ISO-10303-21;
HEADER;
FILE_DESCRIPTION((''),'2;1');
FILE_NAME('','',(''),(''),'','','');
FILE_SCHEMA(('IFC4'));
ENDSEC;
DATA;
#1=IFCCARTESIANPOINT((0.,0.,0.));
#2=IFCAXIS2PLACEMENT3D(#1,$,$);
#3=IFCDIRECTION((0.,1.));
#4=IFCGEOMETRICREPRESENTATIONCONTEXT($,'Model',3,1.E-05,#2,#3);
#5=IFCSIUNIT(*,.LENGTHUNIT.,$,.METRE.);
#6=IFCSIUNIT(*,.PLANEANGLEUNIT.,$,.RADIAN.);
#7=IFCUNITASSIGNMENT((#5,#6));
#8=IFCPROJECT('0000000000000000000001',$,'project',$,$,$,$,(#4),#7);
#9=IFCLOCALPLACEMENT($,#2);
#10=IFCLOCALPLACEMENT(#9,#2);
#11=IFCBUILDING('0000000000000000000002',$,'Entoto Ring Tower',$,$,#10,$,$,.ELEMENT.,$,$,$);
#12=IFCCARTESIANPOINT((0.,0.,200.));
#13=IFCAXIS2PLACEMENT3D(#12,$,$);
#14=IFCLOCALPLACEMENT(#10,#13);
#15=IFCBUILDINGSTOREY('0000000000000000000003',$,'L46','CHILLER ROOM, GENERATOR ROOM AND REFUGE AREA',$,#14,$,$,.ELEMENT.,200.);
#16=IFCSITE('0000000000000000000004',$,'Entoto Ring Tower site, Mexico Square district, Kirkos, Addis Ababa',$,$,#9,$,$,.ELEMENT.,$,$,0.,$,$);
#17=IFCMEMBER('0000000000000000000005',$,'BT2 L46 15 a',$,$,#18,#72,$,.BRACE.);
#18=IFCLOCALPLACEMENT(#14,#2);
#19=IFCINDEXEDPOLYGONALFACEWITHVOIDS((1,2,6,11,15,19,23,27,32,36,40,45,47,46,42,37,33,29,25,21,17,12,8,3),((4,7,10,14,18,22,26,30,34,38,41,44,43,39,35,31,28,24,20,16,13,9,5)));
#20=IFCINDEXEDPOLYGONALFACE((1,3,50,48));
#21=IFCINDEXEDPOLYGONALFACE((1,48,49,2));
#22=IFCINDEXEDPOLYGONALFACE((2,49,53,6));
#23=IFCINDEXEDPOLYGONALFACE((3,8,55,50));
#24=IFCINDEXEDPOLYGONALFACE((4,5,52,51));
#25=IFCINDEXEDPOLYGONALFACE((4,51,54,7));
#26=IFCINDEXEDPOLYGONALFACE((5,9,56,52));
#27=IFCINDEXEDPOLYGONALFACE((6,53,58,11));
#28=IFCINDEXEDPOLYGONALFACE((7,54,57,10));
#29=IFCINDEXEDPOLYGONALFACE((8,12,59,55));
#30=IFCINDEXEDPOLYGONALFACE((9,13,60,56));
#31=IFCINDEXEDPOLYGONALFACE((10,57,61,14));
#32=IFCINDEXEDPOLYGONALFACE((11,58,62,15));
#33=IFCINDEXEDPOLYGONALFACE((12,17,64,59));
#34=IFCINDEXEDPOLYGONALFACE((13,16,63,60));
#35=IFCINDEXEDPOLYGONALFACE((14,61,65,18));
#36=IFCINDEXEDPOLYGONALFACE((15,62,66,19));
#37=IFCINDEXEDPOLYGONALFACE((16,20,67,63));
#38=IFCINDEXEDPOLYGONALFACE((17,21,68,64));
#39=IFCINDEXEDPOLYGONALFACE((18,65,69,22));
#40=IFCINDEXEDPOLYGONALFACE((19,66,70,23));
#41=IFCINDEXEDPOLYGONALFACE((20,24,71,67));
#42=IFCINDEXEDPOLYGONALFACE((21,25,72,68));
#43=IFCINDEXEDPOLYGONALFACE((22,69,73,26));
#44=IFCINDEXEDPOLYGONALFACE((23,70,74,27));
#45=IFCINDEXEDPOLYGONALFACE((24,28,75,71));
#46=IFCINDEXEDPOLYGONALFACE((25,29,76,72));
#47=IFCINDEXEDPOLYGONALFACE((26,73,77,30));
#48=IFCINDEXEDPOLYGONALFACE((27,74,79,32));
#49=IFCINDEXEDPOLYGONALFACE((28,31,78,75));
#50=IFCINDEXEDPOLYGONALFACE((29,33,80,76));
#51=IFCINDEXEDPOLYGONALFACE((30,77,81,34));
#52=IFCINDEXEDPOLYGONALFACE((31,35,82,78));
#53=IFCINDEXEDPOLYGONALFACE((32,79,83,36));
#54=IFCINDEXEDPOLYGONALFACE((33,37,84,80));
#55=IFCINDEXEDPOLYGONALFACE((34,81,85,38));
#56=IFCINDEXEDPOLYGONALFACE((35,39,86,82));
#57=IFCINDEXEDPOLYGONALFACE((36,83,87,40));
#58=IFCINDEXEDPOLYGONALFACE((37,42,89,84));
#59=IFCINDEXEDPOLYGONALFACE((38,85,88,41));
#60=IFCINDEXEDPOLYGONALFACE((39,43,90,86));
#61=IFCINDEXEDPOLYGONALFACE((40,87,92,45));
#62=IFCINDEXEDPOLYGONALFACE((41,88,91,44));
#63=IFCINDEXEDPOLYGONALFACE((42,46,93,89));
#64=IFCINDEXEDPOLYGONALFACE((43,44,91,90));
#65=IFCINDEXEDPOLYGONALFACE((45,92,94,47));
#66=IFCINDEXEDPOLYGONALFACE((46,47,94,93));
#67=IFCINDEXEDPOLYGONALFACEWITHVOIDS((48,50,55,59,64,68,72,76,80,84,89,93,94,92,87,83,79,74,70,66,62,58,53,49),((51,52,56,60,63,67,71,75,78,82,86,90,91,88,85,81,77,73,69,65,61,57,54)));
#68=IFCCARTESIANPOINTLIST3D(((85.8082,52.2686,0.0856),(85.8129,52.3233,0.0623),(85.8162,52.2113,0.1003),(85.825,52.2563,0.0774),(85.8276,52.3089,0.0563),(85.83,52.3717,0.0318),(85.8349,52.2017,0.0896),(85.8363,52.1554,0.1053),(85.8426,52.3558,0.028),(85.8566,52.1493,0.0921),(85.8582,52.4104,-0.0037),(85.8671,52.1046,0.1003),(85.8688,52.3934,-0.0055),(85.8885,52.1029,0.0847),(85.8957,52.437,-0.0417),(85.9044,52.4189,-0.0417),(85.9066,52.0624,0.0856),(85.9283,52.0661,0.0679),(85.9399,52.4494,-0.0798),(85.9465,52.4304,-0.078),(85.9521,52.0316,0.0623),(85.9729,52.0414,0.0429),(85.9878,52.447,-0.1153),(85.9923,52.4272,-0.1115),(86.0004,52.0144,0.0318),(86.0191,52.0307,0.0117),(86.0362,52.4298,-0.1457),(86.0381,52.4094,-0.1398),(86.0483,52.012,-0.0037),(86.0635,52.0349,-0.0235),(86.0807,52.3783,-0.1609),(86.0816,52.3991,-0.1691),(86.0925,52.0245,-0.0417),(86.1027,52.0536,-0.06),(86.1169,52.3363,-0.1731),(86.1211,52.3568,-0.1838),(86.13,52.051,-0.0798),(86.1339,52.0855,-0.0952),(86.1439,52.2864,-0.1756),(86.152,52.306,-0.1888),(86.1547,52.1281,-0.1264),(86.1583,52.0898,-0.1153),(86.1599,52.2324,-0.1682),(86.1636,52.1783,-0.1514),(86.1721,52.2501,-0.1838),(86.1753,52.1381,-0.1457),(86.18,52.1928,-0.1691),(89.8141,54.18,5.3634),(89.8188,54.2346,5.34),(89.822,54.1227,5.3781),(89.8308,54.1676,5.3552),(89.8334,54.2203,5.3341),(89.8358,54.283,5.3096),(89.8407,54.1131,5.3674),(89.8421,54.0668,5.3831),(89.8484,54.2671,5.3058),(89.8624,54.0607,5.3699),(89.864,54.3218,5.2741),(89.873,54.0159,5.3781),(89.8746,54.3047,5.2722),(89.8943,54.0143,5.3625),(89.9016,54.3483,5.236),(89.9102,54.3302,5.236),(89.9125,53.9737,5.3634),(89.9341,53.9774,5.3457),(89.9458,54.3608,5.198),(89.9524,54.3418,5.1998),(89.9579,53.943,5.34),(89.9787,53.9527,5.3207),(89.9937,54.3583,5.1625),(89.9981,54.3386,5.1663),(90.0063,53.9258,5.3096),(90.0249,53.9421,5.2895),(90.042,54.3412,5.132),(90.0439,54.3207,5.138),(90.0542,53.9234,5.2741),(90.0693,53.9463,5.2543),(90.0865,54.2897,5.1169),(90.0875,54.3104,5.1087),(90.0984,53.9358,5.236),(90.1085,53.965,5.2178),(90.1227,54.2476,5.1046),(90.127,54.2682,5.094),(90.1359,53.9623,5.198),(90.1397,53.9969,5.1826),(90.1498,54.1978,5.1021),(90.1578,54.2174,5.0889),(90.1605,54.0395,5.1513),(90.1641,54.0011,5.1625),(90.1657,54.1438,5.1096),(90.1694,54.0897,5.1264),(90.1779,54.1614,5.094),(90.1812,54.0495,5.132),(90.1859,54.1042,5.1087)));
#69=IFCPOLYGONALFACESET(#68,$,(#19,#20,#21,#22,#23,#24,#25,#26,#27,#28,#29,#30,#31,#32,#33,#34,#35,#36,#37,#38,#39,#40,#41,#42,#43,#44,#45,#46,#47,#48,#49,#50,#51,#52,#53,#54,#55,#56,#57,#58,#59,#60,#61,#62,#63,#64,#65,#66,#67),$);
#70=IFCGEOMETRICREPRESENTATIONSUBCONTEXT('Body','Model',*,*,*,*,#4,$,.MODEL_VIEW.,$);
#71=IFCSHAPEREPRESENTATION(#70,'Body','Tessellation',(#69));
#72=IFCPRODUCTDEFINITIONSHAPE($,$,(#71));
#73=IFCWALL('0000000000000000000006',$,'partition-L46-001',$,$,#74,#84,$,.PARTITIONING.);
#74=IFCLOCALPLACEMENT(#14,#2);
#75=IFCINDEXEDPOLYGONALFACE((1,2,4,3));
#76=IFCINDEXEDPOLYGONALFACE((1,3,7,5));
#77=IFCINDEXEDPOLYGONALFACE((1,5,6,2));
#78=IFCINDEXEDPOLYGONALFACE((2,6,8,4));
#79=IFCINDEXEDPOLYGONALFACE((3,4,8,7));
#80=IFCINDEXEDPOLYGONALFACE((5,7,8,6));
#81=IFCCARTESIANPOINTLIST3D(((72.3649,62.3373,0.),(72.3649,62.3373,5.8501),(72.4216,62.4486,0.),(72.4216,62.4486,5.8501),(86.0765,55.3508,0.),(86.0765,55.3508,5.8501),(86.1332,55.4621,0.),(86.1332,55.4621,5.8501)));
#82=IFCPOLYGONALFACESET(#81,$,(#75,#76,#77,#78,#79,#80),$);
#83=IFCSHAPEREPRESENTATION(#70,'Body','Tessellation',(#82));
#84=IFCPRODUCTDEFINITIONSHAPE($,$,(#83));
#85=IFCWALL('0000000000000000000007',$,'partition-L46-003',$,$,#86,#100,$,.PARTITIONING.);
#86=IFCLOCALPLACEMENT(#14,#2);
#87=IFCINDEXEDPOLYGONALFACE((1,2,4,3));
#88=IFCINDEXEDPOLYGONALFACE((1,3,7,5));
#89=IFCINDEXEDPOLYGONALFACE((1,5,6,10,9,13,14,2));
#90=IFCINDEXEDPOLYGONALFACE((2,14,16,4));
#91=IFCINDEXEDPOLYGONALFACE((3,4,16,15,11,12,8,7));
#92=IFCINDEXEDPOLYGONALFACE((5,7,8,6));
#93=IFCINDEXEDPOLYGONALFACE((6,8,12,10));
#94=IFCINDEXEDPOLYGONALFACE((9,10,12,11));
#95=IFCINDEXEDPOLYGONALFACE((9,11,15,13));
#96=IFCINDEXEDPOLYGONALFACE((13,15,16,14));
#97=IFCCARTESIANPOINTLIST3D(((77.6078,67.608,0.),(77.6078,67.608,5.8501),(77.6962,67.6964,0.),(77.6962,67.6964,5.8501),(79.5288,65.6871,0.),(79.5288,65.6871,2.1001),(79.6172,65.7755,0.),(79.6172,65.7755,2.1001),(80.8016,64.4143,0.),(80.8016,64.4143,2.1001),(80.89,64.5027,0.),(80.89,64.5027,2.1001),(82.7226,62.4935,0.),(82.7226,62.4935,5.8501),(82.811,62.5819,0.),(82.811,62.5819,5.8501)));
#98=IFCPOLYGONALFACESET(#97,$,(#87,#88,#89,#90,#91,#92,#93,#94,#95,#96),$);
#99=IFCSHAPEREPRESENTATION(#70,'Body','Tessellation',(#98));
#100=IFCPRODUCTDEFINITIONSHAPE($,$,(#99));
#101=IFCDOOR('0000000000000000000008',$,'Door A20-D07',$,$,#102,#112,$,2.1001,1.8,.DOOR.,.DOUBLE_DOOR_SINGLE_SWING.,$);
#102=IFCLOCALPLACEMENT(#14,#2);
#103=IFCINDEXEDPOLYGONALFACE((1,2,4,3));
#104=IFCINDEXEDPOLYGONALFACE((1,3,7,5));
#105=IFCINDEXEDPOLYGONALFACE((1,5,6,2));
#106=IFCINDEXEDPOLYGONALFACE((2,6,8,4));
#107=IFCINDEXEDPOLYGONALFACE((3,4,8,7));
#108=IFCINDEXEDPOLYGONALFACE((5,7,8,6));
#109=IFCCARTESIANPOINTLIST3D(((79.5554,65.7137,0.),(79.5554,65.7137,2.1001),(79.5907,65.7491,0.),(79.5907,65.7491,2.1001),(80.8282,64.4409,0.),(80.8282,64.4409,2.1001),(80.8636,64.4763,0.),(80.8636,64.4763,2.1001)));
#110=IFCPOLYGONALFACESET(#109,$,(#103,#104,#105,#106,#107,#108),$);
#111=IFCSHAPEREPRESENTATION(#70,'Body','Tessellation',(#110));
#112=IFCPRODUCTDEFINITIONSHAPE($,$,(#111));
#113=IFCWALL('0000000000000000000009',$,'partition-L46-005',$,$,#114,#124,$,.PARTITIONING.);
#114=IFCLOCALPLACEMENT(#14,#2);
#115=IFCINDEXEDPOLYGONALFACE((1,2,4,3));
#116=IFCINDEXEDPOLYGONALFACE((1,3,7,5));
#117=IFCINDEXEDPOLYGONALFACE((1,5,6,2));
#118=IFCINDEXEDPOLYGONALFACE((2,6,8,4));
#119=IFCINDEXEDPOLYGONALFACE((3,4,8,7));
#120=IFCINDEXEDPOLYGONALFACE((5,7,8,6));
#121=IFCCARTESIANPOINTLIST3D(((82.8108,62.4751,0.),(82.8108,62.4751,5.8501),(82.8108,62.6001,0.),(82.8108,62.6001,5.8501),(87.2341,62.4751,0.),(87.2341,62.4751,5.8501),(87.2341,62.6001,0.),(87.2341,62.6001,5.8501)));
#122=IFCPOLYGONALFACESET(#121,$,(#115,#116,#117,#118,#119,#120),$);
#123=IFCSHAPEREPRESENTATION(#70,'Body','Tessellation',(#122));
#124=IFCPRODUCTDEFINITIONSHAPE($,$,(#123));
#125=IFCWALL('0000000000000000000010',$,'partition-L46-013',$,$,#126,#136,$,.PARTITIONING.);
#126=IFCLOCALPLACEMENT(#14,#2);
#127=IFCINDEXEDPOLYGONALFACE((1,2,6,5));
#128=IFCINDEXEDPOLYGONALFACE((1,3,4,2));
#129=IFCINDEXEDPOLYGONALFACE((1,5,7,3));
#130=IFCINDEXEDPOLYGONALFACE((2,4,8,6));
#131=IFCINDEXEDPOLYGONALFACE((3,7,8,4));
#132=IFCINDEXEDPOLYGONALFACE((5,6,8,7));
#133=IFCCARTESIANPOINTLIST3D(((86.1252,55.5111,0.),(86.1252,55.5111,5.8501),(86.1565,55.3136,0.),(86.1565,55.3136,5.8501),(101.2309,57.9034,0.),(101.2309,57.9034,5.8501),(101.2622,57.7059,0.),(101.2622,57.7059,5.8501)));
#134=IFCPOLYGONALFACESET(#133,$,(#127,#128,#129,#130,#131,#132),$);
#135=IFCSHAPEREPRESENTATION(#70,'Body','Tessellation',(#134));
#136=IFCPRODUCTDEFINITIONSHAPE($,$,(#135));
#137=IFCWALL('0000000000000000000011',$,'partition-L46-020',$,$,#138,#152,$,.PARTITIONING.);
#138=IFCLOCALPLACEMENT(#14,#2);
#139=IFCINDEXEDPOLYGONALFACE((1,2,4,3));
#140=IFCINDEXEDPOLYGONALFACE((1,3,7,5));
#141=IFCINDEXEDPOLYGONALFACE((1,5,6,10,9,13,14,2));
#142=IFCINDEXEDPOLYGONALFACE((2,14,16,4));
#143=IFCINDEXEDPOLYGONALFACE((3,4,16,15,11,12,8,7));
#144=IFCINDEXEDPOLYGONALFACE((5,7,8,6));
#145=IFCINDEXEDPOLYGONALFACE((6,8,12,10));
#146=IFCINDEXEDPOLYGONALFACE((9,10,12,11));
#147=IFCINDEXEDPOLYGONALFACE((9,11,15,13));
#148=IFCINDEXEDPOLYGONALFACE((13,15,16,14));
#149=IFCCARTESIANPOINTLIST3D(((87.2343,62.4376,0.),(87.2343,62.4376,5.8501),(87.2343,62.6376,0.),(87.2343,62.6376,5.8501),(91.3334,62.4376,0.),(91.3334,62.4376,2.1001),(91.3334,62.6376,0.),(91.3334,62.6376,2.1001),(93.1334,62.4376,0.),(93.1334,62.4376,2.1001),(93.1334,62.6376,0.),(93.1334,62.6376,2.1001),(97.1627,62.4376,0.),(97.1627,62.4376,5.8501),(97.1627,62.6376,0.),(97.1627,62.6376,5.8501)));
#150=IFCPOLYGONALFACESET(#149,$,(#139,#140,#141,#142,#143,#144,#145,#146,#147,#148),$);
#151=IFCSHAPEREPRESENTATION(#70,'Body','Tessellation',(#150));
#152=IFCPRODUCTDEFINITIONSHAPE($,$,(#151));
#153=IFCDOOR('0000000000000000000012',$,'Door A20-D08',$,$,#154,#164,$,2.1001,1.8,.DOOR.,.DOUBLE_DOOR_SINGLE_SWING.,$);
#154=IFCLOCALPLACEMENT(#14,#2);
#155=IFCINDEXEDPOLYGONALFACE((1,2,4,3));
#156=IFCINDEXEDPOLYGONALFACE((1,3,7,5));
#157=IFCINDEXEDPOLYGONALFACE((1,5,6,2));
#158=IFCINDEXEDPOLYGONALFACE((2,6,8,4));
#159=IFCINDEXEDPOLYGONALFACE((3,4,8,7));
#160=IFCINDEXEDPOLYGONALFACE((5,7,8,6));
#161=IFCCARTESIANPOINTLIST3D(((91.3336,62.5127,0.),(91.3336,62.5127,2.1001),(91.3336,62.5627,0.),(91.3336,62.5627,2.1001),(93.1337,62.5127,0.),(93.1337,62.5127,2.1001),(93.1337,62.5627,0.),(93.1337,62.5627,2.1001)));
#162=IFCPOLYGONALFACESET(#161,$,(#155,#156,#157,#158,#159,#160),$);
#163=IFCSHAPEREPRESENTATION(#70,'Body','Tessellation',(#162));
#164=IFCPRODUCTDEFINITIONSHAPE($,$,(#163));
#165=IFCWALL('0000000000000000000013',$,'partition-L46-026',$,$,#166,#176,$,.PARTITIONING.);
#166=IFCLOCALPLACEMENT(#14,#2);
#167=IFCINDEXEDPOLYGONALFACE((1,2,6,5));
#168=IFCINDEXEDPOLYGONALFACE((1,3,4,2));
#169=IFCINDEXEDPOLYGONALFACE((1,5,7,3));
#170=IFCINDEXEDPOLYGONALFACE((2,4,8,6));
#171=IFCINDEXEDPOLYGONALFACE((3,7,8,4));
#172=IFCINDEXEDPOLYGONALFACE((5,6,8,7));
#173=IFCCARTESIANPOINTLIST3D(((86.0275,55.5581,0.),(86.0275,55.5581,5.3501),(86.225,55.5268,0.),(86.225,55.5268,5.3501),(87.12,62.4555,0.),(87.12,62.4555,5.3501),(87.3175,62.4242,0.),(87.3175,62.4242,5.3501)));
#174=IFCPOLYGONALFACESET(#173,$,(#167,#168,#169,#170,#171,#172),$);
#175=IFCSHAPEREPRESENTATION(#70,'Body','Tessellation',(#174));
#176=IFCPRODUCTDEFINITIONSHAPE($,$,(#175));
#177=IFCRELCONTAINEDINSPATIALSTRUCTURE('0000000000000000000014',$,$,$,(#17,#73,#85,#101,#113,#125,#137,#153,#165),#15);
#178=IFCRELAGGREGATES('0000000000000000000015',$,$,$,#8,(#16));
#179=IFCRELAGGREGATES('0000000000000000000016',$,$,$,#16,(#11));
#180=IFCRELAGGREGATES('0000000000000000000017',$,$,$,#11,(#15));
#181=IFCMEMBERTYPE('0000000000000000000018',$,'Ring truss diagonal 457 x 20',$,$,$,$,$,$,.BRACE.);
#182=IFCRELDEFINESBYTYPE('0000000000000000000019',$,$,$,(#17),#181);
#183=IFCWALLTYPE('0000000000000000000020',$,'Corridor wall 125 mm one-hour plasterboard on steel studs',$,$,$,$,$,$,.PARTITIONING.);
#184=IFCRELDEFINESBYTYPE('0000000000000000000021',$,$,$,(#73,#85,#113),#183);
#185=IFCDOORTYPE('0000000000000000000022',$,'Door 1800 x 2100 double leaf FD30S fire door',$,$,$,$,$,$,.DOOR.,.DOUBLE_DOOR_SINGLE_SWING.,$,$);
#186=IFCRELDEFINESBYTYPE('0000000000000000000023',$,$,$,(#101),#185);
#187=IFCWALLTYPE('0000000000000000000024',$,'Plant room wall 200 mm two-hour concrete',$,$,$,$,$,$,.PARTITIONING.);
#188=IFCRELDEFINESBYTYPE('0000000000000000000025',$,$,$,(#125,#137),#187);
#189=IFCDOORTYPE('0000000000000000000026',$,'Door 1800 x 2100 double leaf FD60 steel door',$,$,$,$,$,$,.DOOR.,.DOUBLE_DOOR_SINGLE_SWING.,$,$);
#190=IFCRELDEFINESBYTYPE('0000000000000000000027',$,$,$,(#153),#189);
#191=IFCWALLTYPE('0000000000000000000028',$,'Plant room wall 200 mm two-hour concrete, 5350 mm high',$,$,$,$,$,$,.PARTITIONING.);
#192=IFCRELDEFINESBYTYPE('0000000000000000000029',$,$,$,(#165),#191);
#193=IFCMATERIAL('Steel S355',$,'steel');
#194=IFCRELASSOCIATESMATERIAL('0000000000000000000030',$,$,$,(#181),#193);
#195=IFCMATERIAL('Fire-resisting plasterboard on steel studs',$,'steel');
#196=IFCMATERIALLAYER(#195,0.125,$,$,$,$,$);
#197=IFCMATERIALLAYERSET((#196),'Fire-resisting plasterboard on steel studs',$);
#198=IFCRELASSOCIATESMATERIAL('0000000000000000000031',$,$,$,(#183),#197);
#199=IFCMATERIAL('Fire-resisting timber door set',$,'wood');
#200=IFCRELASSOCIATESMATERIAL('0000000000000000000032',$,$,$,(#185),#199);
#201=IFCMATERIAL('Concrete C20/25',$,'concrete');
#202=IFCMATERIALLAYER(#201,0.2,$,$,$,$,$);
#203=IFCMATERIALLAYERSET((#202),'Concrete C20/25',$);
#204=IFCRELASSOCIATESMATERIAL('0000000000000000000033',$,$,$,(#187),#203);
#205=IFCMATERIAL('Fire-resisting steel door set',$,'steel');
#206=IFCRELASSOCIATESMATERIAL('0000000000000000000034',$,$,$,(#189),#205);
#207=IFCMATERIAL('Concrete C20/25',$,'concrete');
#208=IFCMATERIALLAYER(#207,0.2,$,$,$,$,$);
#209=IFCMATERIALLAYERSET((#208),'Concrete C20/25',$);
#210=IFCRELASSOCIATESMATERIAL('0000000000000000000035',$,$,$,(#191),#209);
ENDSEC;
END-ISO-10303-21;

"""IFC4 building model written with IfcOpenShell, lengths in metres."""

from ifc_helpers import new_model, si_unit, direction, frame, frame_2d, origin, origin_2d, place, context, subcontext, project, spatial, rectangle, circle, hollow_circle, extrude, material, layer, layer_set, material_profile, profile_set, type_object, element, fill, save


model = new_model("IFC4")

# Units and contexts
model_context = context("Model", 3, precision=1e-05, world=origin(), true_north=direction((0.0, 1.0)))
body_context = subcontext(model_context, "Body", "Model", "MODEL_VIEW")
ifc_project = project(units=[si_unit("LENGTHUNIT", "METRE"), si_unit("PLANEANGLEUNIT", "RADIAN")], contexts=[model_context])

# Site, building, storey
site_placement = place(None, origin())
site = spatial("IfcSite", under=ifc_project, at=site_placement, Name="Entoto Ring Tower site, Mexico Square district, Kirkos, Addis Ababa", CompositionType="ELEMENT", RefElevation=0.0)
building_placement = place(site_placement, origin())
building = spatial("IfcBuilding", under=site, at=building_placement, Name="Entoto Ring Tower", CompositionType="ELEMENT")
storey_placement = place(building_placement, frame((0.0, 0.0, 200.0)))
storey = spatial("IfcBuildingStorey", under=building, at=storey_placement, Name="L46", Description="CHILLER ROOM, GENERATOR ROOM AND REFUGE AREA", CompositionType="ELEMENT", Elevation=200.0)

# Member
ifc_material_1 = material(Name="Steel S355", Category="steel")
ifc_material_profile_1 = material_profile(ifc_material_1, hollow_circle(Radius=0.2285, WallThickness=0.02, at=origin_2d()), Name="CHS 457 x 20")
ifc_material_2 = material(Name="Concrete C60/75", Category="concrete")
ifc_material_profile_2 = material_profile(ifc_material_2, circle(Radius=0.2085, at=origin_2d()), Name="Concrete C60/75 infill")
ifc_profile_set_1 = profile_set([ifc_material_profile_1, ifc_material_profile_2], Name="Steel S355")
member_type_1 = type_object("IfcMemberType", Name="Ring truss diagonal 457 x 20", PredefinedType="BRACE", material=ifc_profile_set_1)
for number, where, z_axis, x_axis, name in (
    (1, (85.9941, 52.2307, -0.0417), (0.58089, 0.277169, 0.765339), (-0.430636, 0.902526, 0.0), "BT2 L46 15 a"),
):
    element("IfcMember", number, at=place(storey_placement, frame(where, z_axis=z_axis, x_axis=x_axis)), inside=storey, type_object=member_type_1, Name=name, PredefinedType="BRACE", context=body_context, shape_type="SweptSolid", body=[
        extrude(hollow_circle(Radius=0.2285, WallThickness=0.02, at=origin_2d()), origin(), (0.0, 0.0, 1.0), 6.896),
    ])

# Wall
ifc_material_3 = material(Name="Fire-resisting plasterboard on steel studs", Category="steel")
ifc_layer_1 = layer(ifc_material_3, 0.125)
ifc_layer_set_1 = layer_set([ifc_layer_1], Name="Fire-resisting plasterboard on steel studs")
wall_type_1 = type_object("IfcWallType", Name="Corridor wall 125 mm one-hour plasterboard on steel studs", PredefinedType="PARTITIONING", material=ifc_layer_set_1)
wall_1_placement = place(storey_placement, frame((86.1047, 55.4065, 0.0), z_axis=(0.0, 0.0, 1.0), x_axis=(-0.891003, 0.453997, 0.0)))
element("IfcWall", 2, at=wall_1_placement, inside=storey, type_object=wall_type_1, Name="partition-L46-001", PredefinedType="PARTITIONING", context=body_context, shape_type="SweptSolid", body=[
    extrude(rectangle(XDim=15.3889, YDim=0.125, at=frame_2d((7.6943, 0.0))), origin(), (0.0, 0.0, 1.0), 5.8501),
])

# Wall, opening, door
wall_2_placement = place(storey_placement, frame((82.7668, 62.5376, 0.0), z_axis=(0.0, 0.0, 1.0), x_axis=(-0.707124, 0.70709, 0.0)))
wall_2 = element("IfcWall", 3, at=wall_2_placement, inside=storey, type_object=wall_type_1, Name="partition-L46-003", PredefinedType="PARTITIONING", context=body_context, shape_type="SweptSolid", body=[
    extrude(rectangle(XDim=7.2332, YDim=0.125, at=frame_2d((3.6167, 0.0))), origin(), (0.0, 0.0, 1.0), 5.8501),
])
opening_1_placement = place(wall_2_placement, frame((2.7168, 0.0, 0.0)))
opening_1 = element("IfcOpeningElement", 4, at=opening_1_placement, cuts=wall_2, PredefinedType="OPENING", context=body_context, shape_type="SweptSolid", body=[
    extrude(rectangle(XDim=1.8, YDim=2.1001, at=frame_2d((0.8999, 1.05))), frame((0.0, 0.0725, 0.0), z_axis=(0.0, -1.0, 0.0), x_axis=(1.0, 0.0, 0.0)), (0.0, 0.0, 1.0), 0.145),
])
ifc_material_4 = material(Name="Fire-resisting timber door set", Category="wood")
door_type_1 = type_object("IfcDoorType", Name="Door 1800 x 2100 double leaf FD30S fire door", OperationType="DOUBLE_DOOR_SINGLE_SWING", PredefinedType="DOOR", material=ifc_material_4)
door_1_placement = place(opening_1_placement, origin())
door_1 = element("IfcDoor", 5, at=door_1_placement, inside=storey, type_object=door_type_1, Name="Door A20-D07", OperationType="DOUBLE_DOOR_SINGLE_SWING", OverallHeight=2.1001, OverallWidth=1.8, PredefinedType="DOOR", context=body_context, shape_type="SweptSolid", body=[
    extrude(rectangle(XDim=1.8, YDim=2.1001, at=frame_2d((0.8999, 1.05))), frame((0.0, 0.0249, 0.0), z_axis=(0.0, -1.0, 0.0), x_axis=(1.0, 0.0, 0.0)), (0.0, 0.0, 1.0), 0.05),
])
fill(opening_1, door_1)

# Walls
wall_3_placement = place(storey_placement, frame((82.8108, 62.5376, 0.0), z_axis=(0.0, 0.0, 1.0), x_axis=(1.0, 0.0, 0.0)))
element("IfcWall", 6, at=wall_3_placement, inside=storey, type_object=wall_type_1, Name="partition-L46-005", PredefinedType="PARTITIONING", context=body_context, shape_type="SweptSolid", body=[
    extrude(rectangle(XDim=4.4233, YDim=0.125, at=frame_2d((2.2117, 0.0))), origin(), (0.0, 0.0, 1.0), 5.8501),
])
ifc_material_5 = material(Name="Concrete C20/25", Category="concrete")
ifc_layer_2 = layer(ifc_material_5, 0.2)
ifc_layer_set_2 = layer_set([ifc_layer_2], Name="Concrete C20/25")
wall_type_2 = type_object("IfcWallType", Name="Plant room wall 200 mm two-hour concrete", PredefinedType="PARTITIONING", material=ifc_layer_set_2)
wall_4_placement = place(storey_placement, frame((86.1409, 55.4124, 0.0), z_axis=(0.0, 0.0, 1.0), x_axis=(0.98769, 0.156423, 0.0)))
element("IfcWall", 7, at=wall_4_placement, inside=storey, type_object=wall_type_2, Name="partition-L46-013", PredefinedType="PARTITIONING", context=body_context, shape_type="SweptSolid", body=[
    extrude(rectangle(XDim=15.2939, YDim=0.2, at=frame_2d((7.647, 0.0))), origin(), (0.0, 0.0, 1.0), 5.8501),
])

# Wall, opening, door
wall_5_placement = place(storey_placement, frame((87.2341, 62.5376, 0.0), z_axis=(0.0, 0.0, 1.0), x_axis=(1.0, 0.0, 0.0)))
wall_5 = element("IfcWall", 8, at=wall_5_placement, inside=storey, type_object=wall_type_2, Name="partition-L46-020", PredefinedType="PARTITIONING", context=body_context, shape_type="SweptSolid", body=[
    extrude(rectangle(XDim=9.9285, YDim=0.2, at=frame_2d((4.9644, 0.0))), origin(), (0.0, 0.0, 1.0), 5.8501),
])
opening_2_placement = place(wall_5_placement, frame((4.0994, 0.0, 0.0)))
opening_2 = element("IfcOpeningElement", 9, at=opening_2_placement, cuts=wall_5, PredefinedType="OPENING", context=body_context, shape_type="SweptSolid", body=[
    extrude(rectangle(XDim=1.8, YDim=2.1001, at=frame_2d((0.8999, 1.05))), frame((0.0, 0.1099, 0.0), z_axis=(0.0, -1.0, 0.0), x_axis=(1.0, 0.0, 0.0)), (0.0, 0.0, 1.0), 0.22),
])
ifc_material_6 = material(Name="Fire-resisting steel door set", Category="steel")
door_type_2 = type_object("IfcDoorType", Name="Door 1800 x 2100 double leaf FD60 steel door", OperationType="DOUBLE_DOOR_SINGLE_SWING", PredefinedType="DOOR", material=ifc_material_6)
door_2_placement = place(opening_2_placement, frame((1.8, 0.0, 0.0), z_axis=(0.0, 0.0, 1.0), x_axis=(-1.0, 0.0, 0.0)))
door_2 = element("IfcDoor", 10, at=door_2_placement, inside=storey, type_object=door_type_2, Name="Door A20-D08", OperationType="DOUBLE_DOOR_SINGLE_SWING", OverallHeight=2.1001, OverallWidth=1.8, PredefinedType="DOOR", context=body_context, shape_type="SweptSolid", body=[
    extrude(rectangle(XDim=1.8, YDim=2.1001, at=frame_2d((0.8999, 1.05))), frame((0.0, 0.0249, 0.0), z_axis=(0.0, -1.0, 0.0), x_axis=(1.0, 0.0, 0.0)), (0.0, 0.0, 1.0), 0.05),
])
fill(opening_2, door_2)

# Wall
ifc_material_7 = material(Name="Concrete C20/25", Category="concrete")
ifc_layer_3 = layer(ifc_material_7, 0.2)
ifc_layer_set_3 = layer_set([ifc_layer_3], Name="Concrete C20/25")
wall_type_3 = type_object("IfcWallType", Name="Plant room wall 200 mm two-hour concrete, 5350 mm high", PredefinedType="PARTITIONING", material=ifc_layer_set_3)
wall_6_placement = place(storey_placement, frame((86.1262, 55.5425, 0.0), z_axis=(0.0, 0.0, 1.0), x_axis=(0.156445, 0.987687, 0.0)))
element("IfcWall", 11, at=wall_6_placement, inside=storey, type_object=wall_type_3, Name="partition-L46-026", PredefinedType="PARTITIONING", context=body_context, shape_type="SweptSolid", body=[
    extrude(rectangle(XDim=6.9834, YDim=0.2, at=frame_2d((3.4917, 0.0))), origin(), (0.0, 0.0, 1.0), 5.3501),
])

save(model, "model.ifc")
